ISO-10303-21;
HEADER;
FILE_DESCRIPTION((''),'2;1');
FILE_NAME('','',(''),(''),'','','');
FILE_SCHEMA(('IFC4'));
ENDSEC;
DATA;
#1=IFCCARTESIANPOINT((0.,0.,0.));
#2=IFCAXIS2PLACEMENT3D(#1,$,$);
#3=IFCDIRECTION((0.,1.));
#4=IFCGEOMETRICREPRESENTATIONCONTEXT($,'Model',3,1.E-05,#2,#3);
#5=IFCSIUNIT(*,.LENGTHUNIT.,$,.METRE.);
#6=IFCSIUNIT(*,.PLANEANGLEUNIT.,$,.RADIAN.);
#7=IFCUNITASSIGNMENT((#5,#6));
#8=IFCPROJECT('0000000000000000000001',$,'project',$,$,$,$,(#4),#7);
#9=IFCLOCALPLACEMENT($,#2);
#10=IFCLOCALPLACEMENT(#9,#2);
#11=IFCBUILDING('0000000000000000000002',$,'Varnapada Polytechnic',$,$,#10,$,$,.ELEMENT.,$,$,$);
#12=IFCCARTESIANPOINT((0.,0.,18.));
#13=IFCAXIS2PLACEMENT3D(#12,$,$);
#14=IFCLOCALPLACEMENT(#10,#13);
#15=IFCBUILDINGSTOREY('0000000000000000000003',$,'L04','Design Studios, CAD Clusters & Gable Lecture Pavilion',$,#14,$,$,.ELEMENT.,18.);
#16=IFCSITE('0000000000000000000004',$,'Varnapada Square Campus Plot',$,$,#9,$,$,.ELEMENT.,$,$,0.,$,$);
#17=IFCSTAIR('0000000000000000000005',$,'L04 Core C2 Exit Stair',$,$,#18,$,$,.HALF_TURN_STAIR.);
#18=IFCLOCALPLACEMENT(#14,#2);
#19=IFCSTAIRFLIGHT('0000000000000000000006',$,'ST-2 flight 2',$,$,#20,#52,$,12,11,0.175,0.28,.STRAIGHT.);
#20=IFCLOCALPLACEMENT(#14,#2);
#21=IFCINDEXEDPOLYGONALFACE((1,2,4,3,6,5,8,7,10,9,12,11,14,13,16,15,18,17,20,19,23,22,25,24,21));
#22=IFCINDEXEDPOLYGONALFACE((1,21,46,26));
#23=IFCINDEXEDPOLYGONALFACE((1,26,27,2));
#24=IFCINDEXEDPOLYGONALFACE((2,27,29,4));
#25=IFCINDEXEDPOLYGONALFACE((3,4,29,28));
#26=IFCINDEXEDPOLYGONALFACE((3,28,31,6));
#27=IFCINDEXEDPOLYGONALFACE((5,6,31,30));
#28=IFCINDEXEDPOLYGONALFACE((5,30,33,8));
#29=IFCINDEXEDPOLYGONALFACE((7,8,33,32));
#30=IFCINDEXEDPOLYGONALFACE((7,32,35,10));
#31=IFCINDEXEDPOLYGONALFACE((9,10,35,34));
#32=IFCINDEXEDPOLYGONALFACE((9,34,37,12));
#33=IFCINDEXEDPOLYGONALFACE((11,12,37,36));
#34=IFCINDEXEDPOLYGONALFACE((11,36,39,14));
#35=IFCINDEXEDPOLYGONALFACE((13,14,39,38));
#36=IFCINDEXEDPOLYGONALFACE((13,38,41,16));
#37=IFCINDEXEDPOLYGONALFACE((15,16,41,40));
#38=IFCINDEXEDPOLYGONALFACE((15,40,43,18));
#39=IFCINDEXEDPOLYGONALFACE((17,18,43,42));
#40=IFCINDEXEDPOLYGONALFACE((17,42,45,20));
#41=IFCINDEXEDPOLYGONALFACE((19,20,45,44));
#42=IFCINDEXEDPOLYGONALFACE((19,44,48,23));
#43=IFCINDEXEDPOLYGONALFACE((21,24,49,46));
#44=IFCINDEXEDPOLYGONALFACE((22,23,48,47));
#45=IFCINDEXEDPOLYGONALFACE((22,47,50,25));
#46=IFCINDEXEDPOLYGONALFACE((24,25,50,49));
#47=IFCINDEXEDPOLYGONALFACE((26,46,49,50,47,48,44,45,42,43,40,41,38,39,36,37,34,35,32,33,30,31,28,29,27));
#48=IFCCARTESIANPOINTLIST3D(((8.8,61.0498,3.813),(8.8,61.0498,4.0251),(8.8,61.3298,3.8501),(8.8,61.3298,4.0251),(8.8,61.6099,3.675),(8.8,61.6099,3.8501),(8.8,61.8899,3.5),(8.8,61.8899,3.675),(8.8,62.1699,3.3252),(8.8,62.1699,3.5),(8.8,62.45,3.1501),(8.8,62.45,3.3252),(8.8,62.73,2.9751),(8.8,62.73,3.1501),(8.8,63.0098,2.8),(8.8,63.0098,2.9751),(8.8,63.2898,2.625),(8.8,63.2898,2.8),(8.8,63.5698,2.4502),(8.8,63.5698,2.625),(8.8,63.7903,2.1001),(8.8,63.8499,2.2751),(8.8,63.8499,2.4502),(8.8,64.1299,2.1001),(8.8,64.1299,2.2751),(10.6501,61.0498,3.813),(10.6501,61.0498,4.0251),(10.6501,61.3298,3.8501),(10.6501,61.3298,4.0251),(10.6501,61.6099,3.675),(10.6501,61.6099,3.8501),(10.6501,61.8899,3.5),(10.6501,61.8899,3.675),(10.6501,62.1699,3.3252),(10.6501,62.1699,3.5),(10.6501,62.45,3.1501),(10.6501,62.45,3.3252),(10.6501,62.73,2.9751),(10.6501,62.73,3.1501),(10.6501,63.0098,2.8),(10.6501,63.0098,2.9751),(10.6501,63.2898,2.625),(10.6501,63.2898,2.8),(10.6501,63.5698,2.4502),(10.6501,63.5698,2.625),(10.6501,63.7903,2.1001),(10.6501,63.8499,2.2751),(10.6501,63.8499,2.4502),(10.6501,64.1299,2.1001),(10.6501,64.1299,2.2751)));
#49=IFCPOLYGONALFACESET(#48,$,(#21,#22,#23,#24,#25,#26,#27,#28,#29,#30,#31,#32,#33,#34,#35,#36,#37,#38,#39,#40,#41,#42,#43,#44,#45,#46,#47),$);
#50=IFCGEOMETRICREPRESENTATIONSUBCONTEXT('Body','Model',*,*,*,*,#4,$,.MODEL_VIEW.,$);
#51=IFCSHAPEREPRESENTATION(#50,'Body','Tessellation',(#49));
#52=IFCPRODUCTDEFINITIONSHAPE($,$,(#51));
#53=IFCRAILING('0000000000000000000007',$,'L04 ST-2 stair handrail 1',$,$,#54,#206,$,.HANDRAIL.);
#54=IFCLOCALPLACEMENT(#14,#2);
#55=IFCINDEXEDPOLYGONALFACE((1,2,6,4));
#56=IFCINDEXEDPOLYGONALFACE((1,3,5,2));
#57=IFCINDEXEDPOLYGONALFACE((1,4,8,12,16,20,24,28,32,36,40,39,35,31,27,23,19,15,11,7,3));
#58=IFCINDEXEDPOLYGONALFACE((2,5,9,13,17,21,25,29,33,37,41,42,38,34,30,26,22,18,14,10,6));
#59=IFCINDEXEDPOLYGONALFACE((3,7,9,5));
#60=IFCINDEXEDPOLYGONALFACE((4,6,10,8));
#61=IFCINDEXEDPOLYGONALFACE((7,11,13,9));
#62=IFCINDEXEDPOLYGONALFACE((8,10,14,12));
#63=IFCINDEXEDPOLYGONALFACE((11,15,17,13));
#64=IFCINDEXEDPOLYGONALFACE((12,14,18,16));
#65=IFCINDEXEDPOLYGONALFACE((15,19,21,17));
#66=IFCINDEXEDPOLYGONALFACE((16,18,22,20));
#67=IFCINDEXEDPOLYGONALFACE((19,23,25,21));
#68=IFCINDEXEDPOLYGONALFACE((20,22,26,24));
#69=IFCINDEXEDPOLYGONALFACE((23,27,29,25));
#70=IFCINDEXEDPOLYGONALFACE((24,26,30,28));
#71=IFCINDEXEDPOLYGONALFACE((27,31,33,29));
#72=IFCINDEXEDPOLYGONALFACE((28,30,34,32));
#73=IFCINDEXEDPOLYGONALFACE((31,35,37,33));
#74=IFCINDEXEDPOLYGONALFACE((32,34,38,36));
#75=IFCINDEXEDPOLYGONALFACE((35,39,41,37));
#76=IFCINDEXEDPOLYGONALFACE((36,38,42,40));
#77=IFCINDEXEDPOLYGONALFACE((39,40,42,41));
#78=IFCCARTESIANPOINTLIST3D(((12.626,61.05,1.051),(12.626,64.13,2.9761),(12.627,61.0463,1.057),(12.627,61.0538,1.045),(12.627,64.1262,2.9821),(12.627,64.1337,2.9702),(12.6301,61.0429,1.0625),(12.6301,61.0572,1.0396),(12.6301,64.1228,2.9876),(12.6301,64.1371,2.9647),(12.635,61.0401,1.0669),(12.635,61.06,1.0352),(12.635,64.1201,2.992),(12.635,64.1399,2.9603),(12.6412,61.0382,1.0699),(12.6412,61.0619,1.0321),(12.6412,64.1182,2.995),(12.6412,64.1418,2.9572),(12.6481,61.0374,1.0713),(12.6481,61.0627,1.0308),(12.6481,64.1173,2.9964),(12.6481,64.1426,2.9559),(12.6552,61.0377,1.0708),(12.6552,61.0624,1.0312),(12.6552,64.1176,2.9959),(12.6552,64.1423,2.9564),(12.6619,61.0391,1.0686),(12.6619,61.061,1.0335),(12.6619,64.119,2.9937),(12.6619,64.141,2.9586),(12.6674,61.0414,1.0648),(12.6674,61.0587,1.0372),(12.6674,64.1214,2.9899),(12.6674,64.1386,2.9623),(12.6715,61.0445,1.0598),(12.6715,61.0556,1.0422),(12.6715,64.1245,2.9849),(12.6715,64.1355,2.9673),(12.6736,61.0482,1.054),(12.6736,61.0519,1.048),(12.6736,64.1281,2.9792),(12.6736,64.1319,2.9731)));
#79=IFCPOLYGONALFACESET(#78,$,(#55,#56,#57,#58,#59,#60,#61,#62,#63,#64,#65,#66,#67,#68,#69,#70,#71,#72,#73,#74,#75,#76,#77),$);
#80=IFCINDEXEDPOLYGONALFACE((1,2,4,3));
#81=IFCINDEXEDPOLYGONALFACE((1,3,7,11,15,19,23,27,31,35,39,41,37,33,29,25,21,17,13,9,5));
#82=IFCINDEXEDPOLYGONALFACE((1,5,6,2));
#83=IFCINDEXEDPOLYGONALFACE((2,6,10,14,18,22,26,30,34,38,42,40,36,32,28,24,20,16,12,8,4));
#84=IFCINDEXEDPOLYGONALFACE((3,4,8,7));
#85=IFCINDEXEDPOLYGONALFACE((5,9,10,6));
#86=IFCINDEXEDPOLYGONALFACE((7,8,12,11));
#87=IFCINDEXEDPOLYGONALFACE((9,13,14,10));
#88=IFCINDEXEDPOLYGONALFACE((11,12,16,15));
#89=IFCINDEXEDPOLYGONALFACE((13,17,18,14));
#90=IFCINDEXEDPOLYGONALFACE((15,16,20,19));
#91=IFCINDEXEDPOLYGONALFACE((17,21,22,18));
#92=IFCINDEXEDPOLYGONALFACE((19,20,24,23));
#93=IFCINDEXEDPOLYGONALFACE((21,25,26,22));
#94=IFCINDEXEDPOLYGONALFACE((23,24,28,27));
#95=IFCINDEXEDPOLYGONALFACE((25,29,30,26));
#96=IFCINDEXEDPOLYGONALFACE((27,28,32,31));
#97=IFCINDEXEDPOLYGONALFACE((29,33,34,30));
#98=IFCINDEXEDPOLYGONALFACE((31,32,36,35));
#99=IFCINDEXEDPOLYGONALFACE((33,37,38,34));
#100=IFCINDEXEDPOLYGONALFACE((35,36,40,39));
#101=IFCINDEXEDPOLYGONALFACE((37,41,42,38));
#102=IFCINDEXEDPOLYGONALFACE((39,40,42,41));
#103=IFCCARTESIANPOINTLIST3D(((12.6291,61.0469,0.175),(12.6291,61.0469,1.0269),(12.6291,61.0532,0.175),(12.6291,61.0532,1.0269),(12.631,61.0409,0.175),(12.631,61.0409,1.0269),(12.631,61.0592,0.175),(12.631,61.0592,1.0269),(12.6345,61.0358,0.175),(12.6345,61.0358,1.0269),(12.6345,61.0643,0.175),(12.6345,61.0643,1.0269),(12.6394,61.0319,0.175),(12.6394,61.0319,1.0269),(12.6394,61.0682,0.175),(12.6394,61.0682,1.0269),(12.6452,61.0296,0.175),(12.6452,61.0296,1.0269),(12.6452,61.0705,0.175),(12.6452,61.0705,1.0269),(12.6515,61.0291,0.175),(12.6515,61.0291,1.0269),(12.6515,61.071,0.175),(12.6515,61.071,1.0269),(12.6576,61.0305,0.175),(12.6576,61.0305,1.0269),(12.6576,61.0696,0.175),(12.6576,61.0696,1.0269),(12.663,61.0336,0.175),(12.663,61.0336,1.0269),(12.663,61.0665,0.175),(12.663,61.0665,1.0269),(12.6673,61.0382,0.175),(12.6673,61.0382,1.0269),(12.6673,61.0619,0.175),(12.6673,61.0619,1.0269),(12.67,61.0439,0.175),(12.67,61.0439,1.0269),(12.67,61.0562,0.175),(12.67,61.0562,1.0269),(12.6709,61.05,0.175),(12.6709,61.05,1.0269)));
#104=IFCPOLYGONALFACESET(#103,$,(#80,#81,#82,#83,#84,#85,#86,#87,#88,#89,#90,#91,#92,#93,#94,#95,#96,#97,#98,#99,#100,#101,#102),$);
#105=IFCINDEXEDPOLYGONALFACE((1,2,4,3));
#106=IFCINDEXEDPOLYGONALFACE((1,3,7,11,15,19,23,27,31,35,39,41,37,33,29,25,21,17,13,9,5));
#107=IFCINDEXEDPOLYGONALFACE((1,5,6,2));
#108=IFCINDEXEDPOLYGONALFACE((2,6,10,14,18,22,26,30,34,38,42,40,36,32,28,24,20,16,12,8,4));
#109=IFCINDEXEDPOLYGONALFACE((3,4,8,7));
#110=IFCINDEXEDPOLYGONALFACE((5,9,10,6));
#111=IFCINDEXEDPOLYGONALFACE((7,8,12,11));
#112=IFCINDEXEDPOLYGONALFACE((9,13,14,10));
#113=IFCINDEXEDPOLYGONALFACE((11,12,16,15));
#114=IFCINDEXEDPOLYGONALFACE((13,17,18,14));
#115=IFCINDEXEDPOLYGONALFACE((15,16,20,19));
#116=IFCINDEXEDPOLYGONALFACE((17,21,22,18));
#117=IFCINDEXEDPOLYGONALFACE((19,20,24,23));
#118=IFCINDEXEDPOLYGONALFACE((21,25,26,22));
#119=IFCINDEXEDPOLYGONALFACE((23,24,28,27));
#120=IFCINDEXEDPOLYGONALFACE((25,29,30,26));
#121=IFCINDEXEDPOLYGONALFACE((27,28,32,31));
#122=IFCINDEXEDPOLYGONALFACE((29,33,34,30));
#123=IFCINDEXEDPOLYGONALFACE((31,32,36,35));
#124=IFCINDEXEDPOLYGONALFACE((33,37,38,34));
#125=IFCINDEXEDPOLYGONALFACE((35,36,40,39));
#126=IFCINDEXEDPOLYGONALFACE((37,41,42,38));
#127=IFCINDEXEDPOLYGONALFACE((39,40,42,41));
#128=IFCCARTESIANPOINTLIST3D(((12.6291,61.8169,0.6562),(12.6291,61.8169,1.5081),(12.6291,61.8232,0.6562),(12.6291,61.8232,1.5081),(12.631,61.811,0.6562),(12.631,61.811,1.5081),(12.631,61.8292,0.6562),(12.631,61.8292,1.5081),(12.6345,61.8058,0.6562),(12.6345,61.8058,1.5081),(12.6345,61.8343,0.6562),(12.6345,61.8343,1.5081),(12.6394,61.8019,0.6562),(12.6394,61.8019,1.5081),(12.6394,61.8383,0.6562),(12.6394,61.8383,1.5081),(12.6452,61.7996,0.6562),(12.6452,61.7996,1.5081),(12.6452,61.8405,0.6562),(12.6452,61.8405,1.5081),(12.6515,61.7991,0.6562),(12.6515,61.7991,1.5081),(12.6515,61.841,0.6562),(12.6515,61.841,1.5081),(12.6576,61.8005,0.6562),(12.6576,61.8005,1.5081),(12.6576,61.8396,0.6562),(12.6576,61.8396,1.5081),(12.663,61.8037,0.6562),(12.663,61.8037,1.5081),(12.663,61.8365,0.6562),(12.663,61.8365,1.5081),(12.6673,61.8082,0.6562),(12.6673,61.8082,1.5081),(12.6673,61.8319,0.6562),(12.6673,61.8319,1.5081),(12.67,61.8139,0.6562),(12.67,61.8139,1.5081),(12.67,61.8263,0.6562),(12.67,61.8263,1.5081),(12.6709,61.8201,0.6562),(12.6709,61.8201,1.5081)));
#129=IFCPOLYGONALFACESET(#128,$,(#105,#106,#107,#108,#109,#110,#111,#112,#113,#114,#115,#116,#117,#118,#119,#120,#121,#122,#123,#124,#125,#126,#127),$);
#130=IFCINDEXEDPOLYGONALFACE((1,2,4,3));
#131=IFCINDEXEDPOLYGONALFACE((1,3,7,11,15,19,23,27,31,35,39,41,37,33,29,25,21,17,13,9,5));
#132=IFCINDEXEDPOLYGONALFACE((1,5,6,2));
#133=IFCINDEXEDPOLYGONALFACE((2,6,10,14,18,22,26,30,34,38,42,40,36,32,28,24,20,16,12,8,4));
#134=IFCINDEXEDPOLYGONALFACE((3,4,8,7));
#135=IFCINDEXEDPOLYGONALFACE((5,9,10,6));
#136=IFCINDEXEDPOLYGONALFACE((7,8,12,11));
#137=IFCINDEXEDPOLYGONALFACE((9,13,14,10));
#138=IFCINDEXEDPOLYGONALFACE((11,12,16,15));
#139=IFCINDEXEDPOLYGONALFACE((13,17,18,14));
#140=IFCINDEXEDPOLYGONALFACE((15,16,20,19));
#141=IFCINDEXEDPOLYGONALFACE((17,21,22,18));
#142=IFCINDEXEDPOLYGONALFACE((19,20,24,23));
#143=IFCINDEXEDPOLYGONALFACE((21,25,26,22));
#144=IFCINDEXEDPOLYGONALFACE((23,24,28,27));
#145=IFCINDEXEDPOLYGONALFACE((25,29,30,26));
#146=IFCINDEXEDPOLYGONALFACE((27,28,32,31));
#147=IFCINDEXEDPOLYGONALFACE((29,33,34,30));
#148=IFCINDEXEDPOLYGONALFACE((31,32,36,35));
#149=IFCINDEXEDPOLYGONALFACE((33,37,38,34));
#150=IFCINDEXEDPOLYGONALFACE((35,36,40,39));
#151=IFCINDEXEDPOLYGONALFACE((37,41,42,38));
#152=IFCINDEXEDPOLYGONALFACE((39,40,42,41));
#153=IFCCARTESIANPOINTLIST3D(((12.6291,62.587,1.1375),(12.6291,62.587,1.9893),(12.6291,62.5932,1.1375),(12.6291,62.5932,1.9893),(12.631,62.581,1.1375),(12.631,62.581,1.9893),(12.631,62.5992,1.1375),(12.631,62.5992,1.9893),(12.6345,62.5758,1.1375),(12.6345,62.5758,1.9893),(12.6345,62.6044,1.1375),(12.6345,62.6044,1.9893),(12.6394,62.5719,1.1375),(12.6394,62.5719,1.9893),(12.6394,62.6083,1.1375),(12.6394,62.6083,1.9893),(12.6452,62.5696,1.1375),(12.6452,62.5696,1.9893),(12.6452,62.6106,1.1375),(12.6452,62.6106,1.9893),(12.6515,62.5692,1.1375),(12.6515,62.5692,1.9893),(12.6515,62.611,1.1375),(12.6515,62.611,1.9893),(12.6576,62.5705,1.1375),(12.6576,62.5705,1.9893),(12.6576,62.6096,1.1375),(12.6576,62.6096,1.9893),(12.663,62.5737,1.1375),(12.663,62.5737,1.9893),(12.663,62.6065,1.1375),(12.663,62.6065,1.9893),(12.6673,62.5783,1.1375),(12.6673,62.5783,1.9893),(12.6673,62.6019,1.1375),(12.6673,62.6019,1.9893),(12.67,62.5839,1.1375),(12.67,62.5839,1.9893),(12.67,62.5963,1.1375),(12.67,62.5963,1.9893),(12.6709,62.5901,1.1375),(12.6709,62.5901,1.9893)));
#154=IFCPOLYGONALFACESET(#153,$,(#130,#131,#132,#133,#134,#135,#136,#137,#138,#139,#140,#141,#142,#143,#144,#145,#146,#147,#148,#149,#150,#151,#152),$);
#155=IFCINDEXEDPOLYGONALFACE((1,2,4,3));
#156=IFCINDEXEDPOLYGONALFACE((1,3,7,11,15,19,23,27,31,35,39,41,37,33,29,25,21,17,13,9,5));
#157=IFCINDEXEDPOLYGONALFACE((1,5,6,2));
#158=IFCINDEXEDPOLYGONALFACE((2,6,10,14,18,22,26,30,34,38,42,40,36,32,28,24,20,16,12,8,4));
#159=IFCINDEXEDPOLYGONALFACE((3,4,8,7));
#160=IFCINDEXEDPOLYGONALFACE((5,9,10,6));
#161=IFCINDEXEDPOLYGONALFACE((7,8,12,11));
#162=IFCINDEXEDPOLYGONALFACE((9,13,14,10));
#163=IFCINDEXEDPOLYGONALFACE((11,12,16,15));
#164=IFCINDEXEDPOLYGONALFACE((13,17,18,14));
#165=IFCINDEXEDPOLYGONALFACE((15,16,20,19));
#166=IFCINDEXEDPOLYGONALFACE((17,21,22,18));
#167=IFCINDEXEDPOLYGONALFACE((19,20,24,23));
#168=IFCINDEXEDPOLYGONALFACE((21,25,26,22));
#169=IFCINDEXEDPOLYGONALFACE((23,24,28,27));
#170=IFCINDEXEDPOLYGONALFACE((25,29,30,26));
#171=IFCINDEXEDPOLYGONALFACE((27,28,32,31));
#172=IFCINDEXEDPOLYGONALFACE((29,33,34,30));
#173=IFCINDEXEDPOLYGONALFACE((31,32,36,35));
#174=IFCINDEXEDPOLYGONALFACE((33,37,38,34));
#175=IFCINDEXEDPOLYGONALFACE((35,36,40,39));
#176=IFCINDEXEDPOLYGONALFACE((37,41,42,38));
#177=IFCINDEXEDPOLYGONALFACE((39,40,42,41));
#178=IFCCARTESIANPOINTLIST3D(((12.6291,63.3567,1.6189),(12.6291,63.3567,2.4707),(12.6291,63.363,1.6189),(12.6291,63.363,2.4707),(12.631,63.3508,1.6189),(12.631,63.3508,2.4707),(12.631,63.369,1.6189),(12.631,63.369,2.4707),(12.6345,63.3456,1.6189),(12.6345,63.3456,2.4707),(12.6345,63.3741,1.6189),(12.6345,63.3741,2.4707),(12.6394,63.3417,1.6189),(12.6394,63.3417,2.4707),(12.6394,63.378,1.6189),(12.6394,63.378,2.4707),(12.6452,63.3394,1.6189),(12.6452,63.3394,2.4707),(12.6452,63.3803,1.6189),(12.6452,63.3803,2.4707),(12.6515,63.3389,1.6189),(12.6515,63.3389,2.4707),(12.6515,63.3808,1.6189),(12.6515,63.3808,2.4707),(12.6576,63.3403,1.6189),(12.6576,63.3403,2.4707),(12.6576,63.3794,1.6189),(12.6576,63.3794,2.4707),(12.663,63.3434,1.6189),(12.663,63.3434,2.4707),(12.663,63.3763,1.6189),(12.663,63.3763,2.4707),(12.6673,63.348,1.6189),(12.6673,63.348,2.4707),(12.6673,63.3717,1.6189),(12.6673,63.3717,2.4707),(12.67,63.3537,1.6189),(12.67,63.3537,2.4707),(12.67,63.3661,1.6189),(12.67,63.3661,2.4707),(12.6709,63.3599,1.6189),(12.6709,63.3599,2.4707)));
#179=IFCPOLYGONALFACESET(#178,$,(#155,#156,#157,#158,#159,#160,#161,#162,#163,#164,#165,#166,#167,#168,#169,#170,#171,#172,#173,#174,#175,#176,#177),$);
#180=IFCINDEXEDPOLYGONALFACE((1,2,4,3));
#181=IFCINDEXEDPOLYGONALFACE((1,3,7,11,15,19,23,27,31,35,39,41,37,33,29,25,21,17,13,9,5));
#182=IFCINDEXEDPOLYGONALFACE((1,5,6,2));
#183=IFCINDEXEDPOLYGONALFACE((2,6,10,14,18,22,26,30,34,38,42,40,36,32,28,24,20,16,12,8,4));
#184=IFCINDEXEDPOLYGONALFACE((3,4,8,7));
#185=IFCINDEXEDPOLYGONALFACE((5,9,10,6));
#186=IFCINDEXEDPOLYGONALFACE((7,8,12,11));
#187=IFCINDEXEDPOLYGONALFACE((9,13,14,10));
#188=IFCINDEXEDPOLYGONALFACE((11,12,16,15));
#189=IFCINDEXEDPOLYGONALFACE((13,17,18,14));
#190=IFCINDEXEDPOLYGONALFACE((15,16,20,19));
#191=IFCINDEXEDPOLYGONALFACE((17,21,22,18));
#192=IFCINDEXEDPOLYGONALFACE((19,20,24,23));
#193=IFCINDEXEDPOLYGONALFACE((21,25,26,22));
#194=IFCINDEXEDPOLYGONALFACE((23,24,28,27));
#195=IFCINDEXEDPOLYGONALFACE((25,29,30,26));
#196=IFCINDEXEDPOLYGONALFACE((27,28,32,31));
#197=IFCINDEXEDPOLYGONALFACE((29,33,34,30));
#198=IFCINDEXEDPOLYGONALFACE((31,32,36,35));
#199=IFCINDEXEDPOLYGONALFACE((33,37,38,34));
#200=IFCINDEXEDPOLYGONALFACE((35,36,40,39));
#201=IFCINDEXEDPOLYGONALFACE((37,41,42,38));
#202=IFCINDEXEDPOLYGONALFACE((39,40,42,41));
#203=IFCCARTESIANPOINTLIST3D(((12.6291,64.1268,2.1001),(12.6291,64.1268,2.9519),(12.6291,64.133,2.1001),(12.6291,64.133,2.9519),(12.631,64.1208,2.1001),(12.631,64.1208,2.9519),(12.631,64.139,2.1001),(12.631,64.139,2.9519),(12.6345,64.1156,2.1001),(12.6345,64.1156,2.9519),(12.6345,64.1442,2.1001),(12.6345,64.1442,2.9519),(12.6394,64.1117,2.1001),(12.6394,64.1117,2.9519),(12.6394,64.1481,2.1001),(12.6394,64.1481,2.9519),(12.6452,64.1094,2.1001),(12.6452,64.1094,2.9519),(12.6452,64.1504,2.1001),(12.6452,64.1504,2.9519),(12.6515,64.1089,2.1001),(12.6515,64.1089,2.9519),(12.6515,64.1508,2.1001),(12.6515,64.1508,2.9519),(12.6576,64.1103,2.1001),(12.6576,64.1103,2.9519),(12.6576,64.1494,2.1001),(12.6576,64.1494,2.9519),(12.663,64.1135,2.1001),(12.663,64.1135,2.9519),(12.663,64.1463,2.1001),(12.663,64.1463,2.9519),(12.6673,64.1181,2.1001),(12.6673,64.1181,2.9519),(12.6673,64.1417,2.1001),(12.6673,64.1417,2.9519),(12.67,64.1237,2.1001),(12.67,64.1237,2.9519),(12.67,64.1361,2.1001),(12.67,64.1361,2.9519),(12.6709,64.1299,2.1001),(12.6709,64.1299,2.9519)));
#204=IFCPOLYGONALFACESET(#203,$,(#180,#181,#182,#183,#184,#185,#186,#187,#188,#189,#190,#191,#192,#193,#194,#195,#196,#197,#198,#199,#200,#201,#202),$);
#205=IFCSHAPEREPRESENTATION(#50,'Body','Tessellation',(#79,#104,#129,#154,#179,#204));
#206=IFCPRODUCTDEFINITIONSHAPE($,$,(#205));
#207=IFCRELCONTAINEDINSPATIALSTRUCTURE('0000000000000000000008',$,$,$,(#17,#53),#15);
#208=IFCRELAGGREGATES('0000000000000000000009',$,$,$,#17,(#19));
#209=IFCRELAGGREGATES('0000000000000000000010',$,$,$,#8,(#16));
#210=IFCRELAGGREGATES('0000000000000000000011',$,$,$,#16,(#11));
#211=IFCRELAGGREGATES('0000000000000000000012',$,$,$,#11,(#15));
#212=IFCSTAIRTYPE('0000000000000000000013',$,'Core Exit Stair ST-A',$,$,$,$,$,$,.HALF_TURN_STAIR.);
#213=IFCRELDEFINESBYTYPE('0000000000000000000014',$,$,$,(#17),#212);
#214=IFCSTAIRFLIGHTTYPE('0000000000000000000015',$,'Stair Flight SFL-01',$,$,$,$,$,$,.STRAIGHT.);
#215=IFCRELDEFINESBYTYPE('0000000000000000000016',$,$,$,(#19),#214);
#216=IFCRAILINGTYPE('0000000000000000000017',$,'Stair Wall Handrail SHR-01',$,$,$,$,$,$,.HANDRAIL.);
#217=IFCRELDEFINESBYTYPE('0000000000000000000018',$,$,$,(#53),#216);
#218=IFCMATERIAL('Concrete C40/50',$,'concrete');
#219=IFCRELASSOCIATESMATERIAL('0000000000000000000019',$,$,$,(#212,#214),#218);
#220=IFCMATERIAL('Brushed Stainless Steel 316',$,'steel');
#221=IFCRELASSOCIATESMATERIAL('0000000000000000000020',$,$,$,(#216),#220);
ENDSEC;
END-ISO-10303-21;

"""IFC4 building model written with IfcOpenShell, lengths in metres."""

from ifc_helpers import new_model, si_unit, direction, frame, origin, origin_2d, place, context, subcontext, project, spatial, polyline, circle, outline, extrude, material, type_object, element, aggregate, save


model = new_model("IFC4")

# Units and contexts
model_context = context("Model", 3, precision=1e-05, world=origin(), true_north=direction((0.0, 1.0)))
body_context = subcontext(model_context, "Body", "Model", "MODEL_VIEW")
ifc_project = project(units=[si_unit("LENGTHUNIT", "METRE"), si_unit("PLANEANGLEUNIT", "RADIAN")], contexts=[model_context])

# Site, building, storey
site_placement = place(None, origin())
site = spatial("IfcSite", under=ifc_project, at=site_placement, Name="Varnapada Square Campus Plot", CompositionType="ELEMENT", RefElevation=0.0)
building_placement = place(site_placement, origin())
building = spatial("IfcBuilding", under=site, at=building_placement, Name="Varnapada Polytechnic", CompositionType="ELEMENT")
storey_placement = place(building_placement, frame((0.0, 0.0, 18.0)))
storey = spatial("IfcBuildingStorey", under=building, at=storey_placement, Name="L04", Description="Design Studios, CAD Clusters & Gable Lecture Pavilion", CompositionType="ELEMENT", Elevation=18.0)

# Shared definitions
ifc_material_1 = material(Name="Concrete C40/50", Category="concrete")

# Shared definitions
ifc_material_2 = material(Name="Brushed Stainless Steel 316", Category="steel")

# Stair, stair flight
stair_type = type_object("IfcStairType", Name="Core Exit Stair ST-A", PredefinedType="HALF_TURN_STAIR", material=ifc_material_1)
stair_placement = place(storey_placement, origin())
stair = element("IfcStair", 1, at=stair_placement, inside=storey, type_object=stair_type, Name="L04 Core C2 Exit Stair", PredefinedType="HALF_TURN_STAIR")
stair_flight_type = type_object("IfcStairFlightType", Name="Stair Flight SFL-01", PredefinedType="STRAIGHT", material=ifc_material_1)
stair_flight_1_placement = place(storey_placement, frame((9.7251, 64.1299, 2.1001), z_axis=(0.0, 0.0, 1.0), x_axis=(0.0, -1.0, 0.0)))
stair_flight_1 = element("IfcStairFlight", 2, at=stair_flight_1_placement, type_object=stair_flight_type, Name="ST-2 flight 2", NumberOfRisers=12, NumberOfTreads=11, PredefinedType="STRAIGHT", RiserHeight=0.175, TreadLength=0.28, context=body_context, shape_type="SweptSolid", body=[
    extrude(outline(polyline([(0.0, 0.0), (0.0, 0.175), (0.28, 0.175), (0.28, 0.3501), (0.5601, 0.3501), (0.5601, 0.5249), (0.8401, 0.5249), (0.8401, 0.7), (1.1201, 0.7), (1.1201, 0.875), (1.3999, 0.875), (1.3999, 1.05), (1.6799, 1.05), (1.6799, 1.2251), (1.96, 1.2251), (1.96, 1.3999), (2.24, 1.3999), (2.24, 1.575), (2.52, 1.575), (2.52, 1.75), (2.8, 1.75), (2.8, 1.925), (3.0801, 1.925), (3.0801, 2.1001), (3.0801, 1.7129), (0.3396, 0.0), (0.0, 0.0)])), frame((0.0, 0.925, 0.0), z_axis=(0.0, -1.0, 0.0), x_axis=(1.0, 0.0, 0.0)), (0.0, 0.0, 1.0), 1.8501),
])
aggregate(stair, [stair_flight_1])

# Railing
railing_type_1 = type_object("IfcRailingType", Name="Stair Wall Handrail SHR-01", PredefinedType="HANDRAIL", material=ifc_material_2)
railing_1_placement = place(storey_placement, frame((12.6499, 61.05, 0.175)))
element("IfcRailing", 3, at=railing_1_placement, inside=storey, type_object=railing_type_1, Name="L04 ST-2 stair handrail 1", PredefinedType="HANDRAIL", context=body_context, shape_type="SweptSolid", body=[
    extrude(circle(Radius=0.0239, at=origin_2d()), frame((0.0, 0.0, 0.876), z_axis=(0.0, 0.847979, 0.530029), x_axis=(-1.0, 0.0, 0.0)), (0.0, 0.0, 1.0), 3.6321),
    extrude(circle(Radius=0.021, at=origin_2d()), origin(), (0.0, 0.0, 1.0), 0.8518),
    extrude(circle(Radius=0.021, at=origin_2d()), frame((0.0, 0.77, 0.4812)), (0.0, 0.0, 1.0), 0.8518),
    extrude(circle(Radius=0.021, at=origin_2d()), frame((0.0, 1.54, 0.9624)), (0.0, 0.0, 1.0), 0.8518),
    extrude(circle(Radius=0.021, at=origin_2d()), frame((0.0, 2.3098, 1.4438)), (0.0, 0.0, 1.0), 0.8518),
    extrude(circle(Radius=0.021, at=origin_2d()), frame((0.0, 3.0798, 1.925)), (0.0, 0.0, 1.0), 0.8518),
])

save(model, "model.ifc")
